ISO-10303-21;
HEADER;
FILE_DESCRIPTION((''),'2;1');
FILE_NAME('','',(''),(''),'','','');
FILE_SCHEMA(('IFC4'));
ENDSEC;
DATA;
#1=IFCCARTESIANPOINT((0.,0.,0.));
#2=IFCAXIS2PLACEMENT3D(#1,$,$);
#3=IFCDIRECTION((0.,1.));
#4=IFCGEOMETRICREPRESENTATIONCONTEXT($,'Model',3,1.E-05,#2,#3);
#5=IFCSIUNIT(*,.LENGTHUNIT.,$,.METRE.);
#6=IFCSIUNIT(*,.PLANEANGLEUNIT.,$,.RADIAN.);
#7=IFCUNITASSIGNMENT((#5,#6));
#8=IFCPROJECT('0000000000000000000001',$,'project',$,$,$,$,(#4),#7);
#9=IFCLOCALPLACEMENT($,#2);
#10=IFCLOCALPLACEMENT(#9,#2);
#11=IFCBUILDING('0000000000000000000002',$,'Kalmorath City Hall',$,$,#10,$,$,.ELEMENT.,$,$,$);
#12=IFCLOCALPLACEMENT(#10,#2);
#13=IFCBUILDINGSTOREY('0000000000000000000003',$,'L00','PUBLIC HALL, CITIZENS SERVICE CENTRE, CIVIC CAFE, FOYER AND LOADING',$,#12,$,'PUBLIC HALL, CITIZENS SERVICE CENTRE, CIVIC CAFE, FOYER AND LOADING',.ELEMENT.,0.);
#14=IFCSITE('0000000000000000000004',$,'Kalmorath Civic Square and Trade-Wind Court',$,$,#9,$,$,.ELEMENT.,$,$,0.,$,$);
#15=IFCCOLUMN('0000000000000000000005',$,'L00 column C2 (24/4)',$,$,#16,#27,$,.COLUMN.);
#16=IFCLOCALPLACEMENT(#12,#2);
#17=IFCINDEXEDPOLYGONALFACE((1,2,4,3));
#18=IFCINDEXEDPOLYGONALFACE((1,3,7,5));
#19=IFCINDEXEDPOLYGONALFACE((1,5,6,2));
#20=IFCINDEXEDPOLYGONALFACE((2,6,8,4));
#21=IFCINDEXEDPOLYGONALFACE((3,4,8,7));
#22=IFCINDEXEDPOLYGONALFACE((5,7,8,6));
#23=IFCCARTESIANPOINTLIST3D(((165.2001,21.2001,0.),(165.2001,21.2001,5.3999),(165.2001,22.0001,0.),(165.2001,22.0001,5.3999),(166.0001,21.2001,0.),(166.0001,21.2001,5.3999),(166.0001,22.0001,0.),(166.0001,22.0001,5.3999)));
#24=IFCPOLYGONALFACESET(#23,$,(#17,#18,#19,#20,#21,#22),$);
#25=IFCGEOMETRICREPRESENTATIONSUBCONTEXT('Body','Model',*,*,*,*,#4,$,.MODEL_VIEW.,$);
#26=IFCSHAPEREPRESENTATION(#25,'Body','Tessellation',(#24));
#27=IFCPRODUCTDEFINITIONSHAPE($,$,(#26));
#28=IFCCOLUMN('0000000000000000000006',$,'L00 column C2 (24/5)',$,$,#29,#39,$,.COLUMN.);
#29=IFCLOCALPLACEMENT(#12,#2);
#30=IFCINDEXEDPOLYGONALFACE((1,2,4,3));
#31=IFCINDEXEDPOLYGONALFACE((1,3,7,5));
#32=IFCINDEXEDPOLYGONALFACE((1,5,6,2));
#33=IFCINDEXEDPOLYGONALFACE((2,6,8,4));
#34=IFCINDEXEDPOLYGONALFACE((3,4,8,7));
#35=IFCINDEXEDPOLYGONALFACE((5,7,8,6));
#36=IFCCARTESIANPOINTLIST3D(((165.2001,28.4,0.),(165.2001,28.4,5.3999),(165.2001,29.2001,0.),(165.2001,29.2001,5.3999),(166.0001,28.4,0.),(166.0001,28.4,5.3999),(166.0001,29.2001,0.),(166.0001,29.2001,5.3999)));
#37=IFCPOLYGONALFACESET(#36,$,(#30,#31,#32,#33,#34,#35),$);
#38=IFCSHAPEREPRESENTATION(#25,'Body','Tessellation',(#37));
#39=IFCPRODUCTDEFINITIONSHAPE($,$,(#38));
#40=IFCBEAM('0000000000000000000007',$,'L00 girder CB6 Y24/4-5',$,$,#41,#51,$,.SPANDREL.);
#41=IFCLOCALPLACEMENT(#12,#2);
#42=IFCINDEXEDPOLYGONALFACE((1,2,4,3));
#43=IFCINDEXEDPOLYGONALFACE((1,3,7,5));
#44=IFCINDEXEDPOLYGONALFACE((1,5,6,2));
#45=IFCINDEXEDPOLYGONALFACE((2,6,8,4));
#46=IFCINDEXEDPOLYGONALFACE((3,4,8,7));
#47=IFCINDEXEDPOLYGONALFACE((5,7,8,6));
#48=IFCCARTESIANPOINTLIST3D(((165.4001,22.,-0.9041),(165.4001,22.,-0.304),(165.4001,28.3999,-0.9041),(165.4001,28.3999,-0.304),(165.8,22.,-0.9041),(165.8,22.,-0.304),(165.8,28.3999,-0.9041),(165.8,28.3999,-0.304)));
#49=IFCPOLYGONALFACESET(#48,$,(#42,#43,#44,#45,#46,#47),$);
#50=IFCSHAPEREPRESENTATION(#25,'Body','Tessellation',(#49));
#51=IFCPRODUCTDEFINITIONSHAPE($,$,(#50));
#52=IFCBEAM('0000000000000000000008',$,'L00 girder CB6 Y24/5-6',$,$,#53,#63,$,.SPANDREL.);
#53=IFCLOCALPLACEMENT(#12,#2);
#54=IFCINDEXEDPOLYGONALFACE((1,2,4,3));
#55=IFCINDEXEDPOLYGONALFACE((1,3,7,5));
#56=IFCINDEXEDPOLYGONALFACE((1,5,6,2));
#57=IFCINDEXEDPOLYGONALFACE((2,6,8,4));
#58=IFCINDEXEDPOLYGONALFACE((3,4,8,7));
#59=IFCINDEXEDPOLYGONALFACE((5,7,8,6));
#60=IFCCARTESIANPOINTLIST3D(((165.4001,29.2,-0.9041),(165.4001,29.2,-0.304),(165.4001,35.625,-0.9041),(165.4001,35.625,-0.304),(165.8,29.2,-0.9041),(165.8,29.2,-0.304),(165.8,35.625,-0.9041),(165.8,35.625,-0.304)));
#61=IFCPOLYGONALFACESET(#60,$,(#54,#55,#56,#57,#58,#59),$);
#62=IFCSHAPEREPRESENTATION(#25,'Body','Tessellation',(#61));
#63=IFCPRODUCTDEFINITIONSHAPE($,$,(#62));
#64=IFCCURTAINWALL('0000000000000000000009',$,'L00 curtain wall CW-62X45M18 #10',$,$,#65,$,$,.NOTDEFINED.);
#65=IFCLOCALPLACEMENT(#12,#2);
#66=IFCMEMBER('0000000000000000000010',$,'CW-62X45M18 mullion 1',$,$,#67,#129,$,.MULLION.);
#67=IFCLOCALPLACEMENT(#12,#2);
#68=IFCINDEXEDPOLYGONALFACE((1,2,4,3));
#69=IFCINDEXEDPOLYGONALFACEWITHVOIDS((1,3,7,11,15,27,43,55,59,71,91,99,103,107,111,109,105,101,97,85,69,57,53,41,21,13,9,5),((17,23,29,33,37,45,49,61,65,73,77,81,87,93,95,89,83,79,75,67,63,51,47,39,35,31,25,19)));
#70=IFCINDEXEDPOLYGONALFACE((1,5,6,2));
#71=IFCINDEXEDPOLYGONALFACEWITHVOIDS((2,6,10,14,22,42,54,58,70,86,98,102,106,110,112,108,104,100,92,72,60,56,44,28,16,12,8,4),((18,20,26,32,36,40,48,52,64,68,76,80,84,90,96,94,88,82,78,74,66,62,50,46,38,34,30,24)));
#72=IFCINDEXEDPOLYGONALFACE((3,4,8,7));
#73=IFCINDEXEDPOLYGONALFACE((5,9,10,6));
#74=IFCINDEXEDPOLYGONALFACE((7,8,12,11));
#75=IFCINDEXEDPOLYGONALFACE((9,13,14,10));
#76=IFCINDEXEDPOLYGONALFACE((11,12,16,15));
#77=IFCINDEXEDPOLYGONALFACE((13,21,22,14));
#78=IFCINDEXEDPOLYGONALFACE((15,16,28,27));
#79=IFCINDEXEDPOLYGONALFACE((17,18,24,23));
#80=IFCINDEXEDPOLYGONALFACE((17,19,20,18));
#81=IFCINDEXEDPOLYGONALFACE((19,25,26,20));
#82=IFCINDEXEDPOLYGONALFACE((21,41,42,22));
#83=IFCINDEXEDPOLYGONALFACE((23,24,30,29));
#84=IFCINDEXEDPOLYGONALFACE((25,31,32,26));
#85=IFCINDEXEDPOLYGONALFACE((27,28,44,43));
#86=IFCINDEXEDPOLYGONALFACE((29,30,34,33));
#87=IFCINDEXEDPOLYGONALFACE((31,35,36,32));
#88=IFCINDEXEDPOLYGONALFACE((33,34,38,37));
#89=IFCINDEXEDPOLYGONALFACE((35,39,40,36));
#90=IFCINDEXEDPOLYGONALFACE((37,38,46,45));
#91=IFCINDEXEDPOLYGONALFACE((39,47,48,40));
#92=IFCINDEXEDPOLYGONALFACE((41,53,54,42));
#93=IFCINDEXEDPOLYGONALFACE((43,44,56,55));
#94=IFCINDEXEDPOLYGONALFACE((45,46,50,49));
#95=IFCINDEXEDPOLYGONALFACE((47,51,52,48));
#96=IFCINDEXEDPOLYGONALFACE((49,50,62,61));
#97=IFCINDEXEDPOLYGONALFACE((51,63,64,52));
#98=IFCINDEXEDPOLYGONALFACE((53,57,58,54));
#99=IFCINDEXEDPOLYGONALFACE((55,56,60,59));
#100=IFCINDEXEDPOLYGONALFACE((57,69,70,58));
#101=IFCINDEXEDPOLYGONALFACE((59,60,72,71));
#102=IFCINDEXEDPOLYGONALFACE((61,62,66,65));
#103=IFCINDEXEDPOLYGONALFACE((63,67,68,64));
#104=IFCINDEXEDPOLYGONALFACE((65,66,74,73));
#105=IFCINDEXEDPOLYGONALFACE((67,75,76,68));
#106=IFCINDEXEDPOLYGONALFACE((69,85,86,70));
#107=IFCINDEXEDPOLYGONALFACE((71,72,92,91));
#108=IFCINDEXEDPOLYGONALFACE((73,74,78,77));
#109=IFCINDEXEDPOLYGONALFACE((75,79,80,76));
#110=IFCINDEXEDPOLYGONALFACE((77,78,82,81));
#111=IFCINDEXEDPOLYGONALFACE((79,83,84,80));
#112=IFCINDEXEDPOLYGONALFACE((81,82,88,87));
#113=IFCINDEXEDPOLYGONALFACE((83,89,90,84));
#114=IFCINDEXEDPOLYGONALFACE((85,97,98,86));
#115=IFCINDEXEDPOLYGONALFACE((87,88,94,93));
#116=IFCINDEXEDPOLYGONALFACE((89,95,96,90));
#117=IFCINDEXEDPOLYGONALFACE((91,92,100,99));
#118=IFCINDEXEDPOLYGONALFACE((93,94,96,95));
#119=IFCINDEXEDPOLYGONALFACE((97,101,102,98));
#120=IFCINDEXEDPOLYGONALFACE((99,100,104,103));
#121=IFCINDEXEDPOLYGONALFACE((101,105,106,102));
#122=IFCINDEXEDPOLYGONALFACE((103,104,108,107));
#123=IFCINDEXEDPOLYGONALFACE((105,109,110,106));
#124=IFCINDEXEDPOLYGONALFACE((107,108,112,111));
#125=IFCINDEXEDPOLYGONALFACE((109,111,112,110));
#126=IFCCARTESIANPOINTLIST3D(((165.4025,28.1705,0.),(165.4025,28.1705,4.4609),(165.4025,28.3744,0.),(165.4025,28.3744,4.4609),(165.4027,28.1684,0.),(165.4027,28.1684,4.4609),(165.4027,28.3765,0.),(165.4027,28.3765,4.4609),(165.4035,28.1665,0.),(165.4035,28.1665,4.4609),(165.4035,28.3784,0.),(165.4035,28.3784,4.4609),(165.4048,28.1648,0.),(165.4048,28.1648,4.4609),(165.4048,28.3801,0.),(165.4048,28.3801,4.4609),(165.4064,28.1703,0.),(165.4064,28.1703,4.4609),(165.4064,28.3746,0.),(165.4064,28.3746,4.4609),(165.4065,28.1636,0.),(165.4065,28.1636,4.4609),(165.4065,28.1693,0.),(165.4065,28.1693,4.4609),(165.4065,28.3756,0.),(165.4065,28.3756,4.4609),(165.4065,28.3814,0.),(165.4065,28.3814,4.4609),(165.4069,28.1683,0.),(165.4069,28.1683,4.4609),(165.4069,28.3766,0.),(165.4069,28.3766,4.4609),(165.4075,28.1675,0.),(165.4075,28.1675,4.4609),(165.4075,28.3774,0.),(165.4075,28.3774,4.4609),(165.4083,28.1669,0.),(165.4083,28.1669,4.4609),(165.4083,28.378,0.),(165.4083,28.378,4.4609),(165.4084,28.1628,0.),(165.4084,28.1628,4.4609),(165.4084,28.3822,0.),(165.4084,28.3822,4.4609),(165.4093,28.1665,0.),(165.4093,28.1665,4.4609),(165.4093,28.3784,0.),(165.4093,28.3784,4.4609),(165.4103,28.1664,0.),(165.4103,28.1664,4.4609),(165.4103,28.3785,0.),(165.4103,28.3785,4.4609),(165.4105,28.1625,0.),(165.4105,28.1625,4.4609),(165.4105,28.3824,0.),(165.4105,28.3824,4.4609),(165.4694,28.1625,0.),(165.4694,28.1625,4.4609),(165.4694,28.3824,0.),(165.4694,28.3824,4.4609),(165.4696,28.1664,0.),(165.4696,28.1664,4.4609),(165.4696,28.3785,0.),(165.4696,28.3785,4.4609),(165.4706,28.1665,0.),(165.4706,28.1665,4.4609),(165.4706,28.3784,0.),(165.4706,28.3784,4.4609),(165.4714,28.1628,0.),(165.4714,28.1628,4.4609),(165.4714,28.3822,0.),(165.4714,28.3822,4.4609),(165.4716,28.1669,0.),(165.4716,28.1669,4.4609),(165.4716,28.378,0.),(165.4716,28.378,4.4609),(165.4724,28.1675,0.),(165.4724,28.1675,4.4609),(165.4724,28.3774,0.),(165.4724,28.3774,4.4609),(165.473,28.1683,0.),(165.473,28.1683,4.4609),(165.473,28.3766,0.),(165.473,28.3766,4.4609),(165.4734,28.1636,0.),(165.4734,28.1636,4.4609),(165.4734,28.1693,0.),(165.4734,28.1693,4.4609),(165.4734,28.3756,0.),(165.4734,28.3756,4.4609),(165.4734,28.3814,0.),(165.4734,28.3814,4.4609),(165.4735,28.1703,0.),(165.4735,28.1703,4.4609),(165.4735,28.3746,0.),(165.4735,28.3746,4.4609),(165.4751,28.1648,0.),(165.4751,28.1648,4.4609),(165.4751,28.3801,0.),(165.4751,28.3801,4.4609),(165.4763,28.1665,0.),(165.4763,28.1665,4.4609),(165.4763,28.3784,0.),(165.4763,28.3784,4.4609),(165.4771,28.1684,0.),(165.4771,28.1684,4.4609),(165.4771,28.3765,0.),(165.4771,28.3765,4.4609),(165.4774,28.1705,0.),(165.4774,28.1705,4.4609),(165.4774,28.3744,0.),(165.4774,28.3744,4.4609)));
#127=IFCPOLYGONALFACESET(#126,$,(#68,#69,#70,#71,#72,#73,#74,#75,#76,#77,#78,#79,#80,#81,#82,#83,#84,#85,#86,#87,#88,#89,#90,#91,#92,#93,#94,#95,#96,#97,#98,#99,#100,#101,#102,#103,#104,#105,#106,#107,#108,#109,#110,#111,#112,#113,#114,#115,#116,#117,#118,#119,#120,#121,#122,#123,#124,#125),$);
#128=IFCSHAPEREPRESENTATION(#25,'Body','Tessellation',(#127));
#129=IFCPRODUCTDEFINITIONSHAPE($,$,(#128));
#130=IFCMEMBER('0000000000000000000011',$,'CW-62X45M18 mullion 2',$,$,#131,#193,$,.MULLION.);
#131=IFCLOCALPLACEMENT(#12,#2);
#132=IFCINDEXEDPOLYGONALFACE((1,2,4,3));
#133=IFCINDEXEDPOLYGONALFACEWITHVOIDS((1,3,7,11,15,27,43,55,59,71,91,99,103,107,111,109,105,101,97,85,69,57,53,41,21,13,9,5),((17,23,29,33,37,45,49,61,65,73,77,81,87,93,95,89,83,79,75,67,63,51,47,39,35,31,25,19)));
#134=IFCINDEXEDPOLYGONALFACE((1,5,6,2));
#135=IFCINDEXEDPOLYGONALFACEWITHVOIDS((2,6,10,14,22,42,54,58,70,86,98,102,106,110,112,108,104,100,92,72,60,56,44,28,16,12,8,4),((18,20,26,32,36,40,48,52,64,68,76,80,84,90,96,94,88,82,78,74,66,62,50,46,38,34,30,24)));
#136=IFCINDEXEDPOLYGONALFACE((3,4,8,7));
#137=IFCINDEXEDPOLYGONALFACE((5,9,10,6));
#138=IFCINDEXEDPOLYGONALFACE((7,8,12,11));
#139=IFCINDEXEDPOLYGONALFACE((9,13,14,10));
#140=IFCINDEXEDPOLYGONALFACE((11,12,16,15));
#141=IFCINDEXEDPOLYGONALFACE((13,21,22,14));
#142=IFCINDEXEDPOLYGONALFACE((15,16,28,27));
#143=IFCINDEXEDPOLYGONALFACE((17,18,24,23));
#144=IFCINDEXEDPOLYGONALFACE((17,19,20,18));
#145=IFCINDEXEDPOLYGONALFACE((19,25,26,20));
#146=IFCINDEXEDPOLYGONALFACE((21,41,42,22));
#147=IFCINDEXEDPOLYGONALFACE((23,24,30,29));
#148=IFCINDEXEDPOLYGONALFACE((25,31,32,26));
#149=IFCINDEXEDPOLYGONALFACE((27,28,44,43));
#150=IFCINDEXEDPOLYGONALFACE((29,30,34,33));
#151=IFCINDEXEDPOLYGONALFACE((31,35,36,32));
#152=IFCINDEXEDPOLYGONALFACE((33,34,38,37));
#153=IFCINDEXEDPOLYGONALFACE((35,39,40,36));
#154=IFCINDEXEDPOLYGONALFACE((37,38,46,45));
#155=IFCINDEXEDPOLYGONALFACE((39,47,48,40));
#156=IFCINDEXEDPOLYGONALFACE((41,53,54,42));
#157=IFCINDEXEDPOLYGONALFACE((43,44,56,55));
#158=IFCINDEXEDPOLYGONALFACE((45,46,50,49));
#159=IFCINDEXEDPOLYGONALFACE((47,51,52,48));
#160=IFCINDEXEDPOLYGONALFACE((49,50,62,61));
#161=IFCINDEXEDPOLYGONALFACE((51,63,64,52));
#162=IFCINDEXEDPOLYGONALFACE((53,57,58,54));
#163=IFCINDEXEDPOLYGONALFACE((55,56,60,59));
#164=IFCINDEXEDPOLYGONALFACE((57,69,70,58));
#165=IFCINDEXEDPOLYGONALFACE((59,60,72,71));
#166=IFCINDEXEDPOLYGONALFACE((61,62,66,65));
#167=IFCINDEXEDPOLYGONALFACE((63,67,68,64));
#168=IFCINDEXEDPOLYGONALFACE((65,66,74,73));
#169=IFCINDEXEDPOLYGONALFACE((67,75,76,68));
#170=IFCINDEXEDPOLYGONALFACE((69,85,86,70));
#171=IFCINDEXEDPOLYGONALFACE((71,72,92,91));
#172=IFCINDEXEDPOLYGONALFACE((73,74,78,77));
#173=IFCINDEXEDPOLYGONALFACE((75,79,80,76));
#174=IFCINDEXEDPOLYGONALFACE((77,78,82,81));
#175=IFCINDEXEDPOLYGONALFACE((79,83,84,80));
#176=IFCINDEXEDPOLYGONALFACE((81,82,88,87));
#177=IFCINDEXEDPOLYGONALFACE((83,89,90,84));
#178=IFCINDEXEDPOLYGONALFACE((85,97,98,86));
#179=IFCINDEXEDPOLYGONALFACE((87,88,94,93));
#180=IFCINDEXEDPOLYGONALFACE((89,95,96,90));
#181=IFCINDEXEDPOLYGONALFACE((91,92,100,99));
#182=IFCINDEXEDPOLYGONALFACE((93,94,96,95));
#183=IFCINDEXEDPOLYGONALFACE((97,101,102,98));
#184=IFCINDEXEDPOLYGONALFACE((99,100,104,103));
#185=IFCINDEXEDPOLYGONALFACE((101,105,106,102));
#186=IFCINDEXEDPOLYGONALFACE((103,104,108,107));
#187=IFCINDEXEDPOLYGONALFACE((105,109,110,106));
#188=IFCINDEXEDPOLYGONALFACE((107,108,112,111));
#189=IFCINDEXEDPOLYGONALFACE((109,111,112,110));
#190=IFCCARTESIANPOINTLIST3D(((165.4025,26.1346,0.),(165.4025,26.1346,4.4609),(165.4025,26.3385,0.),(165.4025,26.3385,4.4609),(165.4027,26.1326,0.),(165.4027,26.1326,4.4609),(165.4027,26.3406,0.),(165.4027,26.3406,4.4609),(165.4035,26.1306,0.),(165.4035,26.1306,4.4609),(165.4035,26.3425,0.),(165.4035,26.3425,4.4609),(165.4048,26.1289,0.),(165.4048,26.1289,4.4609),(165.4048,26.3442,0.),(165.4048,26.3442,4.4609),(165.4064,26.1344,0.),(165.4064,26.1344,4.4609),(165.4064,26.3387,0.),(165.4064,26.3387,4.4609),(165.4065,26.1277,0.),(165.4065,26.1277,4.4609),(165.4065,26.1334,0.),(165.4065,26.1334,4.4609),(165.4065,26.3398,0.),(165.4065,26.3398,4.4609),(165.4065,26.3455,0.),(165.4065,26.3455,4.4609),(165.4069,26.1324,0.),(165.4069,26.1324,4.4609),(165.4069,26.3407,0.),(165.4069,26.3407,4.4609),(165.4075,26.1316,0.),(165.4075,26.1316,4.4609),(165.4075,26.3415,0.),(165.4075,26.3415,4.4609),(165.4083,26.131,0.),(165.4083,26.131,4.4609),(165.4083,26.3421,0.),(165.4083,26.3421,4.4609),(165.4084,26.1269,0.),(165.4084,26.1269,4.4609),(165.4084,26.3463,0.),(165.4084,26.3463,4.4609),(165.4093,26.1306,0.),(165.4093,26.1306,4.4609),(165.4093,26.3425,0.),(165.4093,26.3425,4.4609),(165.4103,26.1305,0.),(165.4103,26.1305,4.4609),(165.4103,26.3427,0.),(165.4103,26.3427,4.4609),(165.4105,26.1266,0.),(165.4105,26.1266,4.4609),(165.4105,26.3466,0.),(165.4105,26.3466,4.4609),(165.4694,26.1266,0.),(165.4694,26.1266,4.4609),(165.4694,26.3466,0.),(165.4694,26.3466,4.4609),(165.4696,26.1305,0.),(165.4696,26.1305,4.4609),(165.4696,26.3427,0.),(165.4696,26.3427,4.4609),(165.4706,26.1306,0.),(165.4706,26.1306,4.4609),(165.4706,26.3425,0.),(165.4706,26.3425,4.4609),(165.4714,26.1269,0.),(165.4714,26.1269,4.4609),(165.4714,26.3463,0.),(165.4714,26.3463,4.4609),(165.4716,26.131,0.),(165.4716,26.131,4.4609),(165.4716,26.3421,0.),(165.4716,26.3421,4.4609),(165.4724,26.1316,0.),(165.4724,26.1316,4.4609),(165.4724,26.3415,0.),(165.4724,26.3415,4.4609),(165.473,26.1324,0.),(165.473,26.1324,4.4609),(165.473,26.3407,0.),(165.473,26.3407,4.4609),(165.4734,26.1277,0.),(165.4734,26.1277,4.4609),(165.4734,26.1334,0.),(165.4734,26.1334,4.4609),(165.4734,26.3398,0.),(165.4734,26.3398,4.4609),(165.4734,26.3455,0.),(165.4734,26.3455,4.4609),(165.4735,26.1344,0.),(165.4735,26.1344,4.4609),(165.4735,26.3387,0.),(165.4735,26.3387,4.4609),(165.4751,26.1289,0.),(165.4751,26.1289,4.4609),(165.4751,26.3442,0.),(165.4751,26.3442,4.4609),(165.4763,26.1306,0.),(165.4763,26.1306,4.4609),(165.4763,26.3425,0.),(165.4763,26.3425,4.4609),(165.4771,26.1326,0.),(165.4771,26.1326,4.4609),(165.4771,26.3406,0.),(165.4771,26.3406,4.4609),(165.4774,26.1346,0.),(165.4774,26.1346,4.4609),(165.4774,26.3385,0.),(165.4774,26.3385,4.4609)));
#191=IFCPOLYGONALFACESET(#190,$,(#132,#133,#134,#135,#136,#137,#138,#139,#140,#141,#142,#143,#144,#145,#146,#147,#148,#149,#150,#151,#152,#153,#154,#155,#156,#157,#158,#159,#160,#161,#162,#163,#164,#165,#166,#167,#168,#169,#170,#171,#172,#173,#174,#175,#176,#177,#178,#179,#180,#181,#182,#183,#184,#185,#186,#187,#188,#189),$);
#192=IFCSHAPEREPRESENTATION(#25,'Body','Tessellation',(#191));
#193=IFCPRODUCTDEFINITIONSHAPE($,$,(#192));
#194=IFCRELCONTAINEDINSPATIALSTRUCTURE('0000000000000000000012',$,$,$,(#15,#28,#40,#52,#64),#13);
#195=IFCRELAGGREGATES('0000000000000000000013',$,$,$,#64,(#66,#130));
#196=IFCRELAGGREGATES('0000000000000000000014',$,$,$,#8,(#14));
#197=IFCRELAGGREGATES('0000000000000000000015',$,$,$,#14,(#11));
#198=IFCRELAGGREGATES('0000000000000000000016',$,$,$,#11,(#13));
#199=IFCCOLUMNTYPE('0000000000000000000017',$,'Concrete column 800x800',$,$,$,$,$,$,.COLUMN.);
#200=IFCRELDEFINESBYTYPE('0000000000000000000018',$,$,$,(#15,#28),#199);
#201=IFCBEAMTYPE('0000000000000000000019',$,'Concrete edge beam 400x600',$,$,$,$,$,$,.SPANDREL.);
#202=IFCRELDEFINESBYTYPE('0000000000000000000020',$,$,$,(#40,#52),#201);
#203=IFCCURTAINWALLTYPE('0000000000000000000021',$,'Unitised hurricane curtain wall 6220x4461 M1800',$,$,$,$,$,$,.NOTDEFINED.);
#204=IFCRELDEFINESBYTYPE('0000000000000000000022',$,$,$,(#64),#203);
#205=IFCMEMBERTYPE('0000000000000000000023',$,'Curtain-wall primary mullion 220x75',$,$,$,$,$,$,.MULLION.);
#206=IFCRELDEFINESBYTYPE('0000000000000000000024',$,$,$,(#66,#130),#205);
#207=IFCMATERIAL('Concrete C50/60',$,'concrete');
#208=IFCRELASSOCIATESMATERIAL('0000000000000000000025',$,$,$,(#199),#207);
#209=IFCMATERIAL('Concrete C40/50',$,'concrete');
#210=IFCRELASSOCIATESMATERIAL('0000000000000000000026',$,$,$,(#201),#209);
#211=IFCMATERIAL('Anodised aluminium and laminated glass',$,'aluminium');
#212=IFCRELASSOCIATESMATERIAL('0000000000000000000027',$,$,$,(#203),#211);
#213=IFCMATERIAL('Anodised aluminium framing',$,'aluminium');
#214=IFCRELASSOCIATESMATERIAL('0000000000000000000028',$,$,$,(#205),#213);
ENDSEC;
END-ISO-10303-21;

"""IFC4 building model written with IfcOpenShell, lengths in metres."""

from ifc_helpers import new_model, si_unit, direction, frame, origin, origin_2d, place, context, subcontext, project, spatial, rectangle, hollow_rectangle, extrude, material, material_profile, profile_set, type_object, element, aggregate, save


model = new_model("IFC4")

# Units and contexts
model_context = context("Model", 3, precision=1e-05, world=origin(), true_north=direction((0.0, 1.0)))
body_context = subcontext(model_context, "Body", "Model", "MODEL_VIEW")
ifc_project = project(units=[si_unit("LENGTHUNIT", "METRE"), si_unit("PLANEANGLEUNIT", "RADIAN")], contexts=[model_context])

# Site, building, storey
site_placement = place(None, origin())
site = spatial("IfcSite", under=ifc_project, at=site_placement, Name="Kalmorath Civic Square and Trade-Wind Court", CompositionType="ELEMENT", RefElevation=0.0)
building_placement = place(site_placement, origin())
building = spatial("IfcBuilding", under=site, at=building_placement, Name="Kalmorath City Hall", CompositionType="ELEMENT")
storey_placement = place(building_placement, origin())
storey = spatial("IfcBuildingStorey", under=building, at=storey_placement, Name="L00", Description="PUBLIC HALL, CITIZENS SERVICE CENTRE, CIVIC CAFE, FOYER AND LOADING", LongName="PUBLIC HALL, CITIZENS SERVICE CENTRE, CIVIC CAFE, FOYER AND LOADING", CompositionType="ELEMENT", Elevation=0.0)

# Columns
ifc_material_1 = material(Name="Concrete C50/60", Category="concrete")
ifc_material_profile_1 = material_profile(ifc_material_1, rectangle(XDim=0.8, YDim=0.8, at=origin_2d()), Name="RC-COL-800X800")
ifc_profile_set_1 = profile_set([ifc_material_profile_1], Name="Concrete C50/60")
column_type = type_object("IfcColumnType", Name="Concrete column 800x800", PredefinedType="COLUMN", material=ifc_profile_set_1)
for number, where, z_axis, x_axis, name in (
    (1, (165.6001, 21.6001, 0.0), (0.0, 0.0, 1.0), (1.0, 0.0, 0.0), "L00 column C2 (24/4)"),
    (2, (165.6001, 28.8, 0.0), (0.0, 0.0, 1.0), (1.0, 0.0, 0.0), "L00 column C2 (24/5)"),
):
    element("IfcColumn", number, at=place(storey_placement, frame(where, z_axis=z_axis, x_axis=x_axis)), inside=storey, type_object=column_type, Name=name, PredefinedType="COLUMN", context=body_context, shape_type="SweptSolid", body=[
        extrude(rectangle(XDim=0.8, YDim=0.8, at=origin_2d()), origin(), (0.0, 0.0, 1.0), 5.3999),
    ])

# Beams
ifc_material_2 = material(Name="Concrete C40/50", Category="concrete")
ifc_material_profile_2 = material_profile(ifc_material_2, rectangle(XDim=0.3999, YDim=0.6001, at=origin_2d()), Name="RC-BM-400X600")
ifc_profile_set_2 = profile_set([ifc_material_profile_2], Name="Concrete C40/50")
beam_type = type_object("IfcBeamType", Name="Concrete edge beam 400x600", PredefinedType="SPANDREL", material=ifc_profile_set_2)
beam_1_placement = place(storey_placement, frame((165.6001, 22.0, -0.604), z_axis=(0.0, 1.0, 0.0), x_axis=(-1.0, 0.0, 0.0)))
element("IfcBeam", 3, at=beam_1_placement, inside=storey, type_object=beam_type, Name="L00 girder CB6 Y24/4-5", PredefinedType="SPANDREL", context=body_context, shape_type="SweptSolid", body=[
    extrude(rectangle(XDim=0.3999, YDim=0.6001, at=origin_2d()), origin(), (0.0, 0.0, 1.0), 6.3999),
])
beam_2_placement = place(storey_placement, frame((165.6001, 29.2, -0.604), z_axis=(0.0, 1.0, 0.0), x_axis=(-1.0, 0.0, 0.0)))
element("IfcBeam", 4, at=beam_2_placement, inside=storey, type_object=beam_type, Name="L00 girder CB6 Y24/5-6", PredefinedType="SPANDREL", context=body_context, shape_type="SweptSolid", body=[
    extrude(rectangle(XDim=0.3999, YDim=0.6001, at=origin_2d()), origin(), (0.0, 0.0, 1.0), 6.425),
])

# Curtain wall, members
ifc_material_3 = material(Name="Anodised aluminium and laminated glass", Category="aluminium")
curtain_wall_type = type_object("IfcCurtainWallType", Name="Unitised hurricane curtain wall 6220x4461 M1800", PredefinedType="NOTDEFINED", material=ifc_material_3)
curtain_wall_placement = place(storey_placement, origin())
curtain_wall = element("IfcCurtainWall", 5, at=curtain_wall_placement, inside=storey, type_object=curtain_wall_type, Name="L00 curtain wall CW-62X45M18 #10", PredefinedType="NOTDEFINED")
ifc_material_4 = material(Name="Anodised aluminium framing", Category="aluminium")
ifc_material_profile_3 = material_profile(ifc_material_4, hollow_rectangle(XDim=0.075, YDim=0.22, WallThickness=0.0039, InnerFilletRadius=0.0039, OuterFilletRadius=0.0081, at=origin_2d()), Name="ALU-MUL-220X75X4")
ifc_profile_set_3 = profile_set([ifc_material_profile_3], Name="Anodised aluminium framing")
member_type_1 = type_object("IfcMemberType", Name="Curtain-wall primary mullion 220x75", PredefinedType="MULLION", material=ifc_profile_set_3)
member_1_placement = place(storey_placement, frame((165.4399, 28.2725, 0.0), z_axis=(0.0, 0.0, 1.0), x_axis=(1.0, 0.0, 0.0)))
member_1 = element("IfcMember", 6, at=member_1_placement, type_object=member_type_1, Name="CW-62X45M18 mullion 1", PredefinedType="MULLION", context=body_context, shape_type="SweptSolid", body=[
    extrude(hollow_rectangle(XDim=0.075, YDim=0.22, WallThickness=0.0039, InnerFilletRadius=0.0039, OuterFilletRadius=0.0081, at=origin_2d()), origin(), (0.0, 0.0, 1.0), 4.4609),
])
member_2_placement = place(storey_placement, frame((165.4399, 26.2366, 0.0), z_axis=(0.0, 0.0, 1.0), x_axis=(1.0, 0.0, 0.0)))
member_2 = element("IfcMember", 7, at=member_2_placement, type_object=member_type_1, Name="CW-62X45M18 mullion 2", PredefinedType="MULLION", context=body_context, shape_type="SweptSolid", body=[
    extrude(hollow_rectangle(XDim=0.075, YDim=0.22, WallThickness=0.0039, InnerFilletRadius=0.0039, OuterFilletRadius=0.0081, at=origin_2d()), origin(), (0.0, 0.0, 1.0), 4.4609),
])
aggregate(curtain_wall, [member_1, member_2])

save(model, "model.ifc")
